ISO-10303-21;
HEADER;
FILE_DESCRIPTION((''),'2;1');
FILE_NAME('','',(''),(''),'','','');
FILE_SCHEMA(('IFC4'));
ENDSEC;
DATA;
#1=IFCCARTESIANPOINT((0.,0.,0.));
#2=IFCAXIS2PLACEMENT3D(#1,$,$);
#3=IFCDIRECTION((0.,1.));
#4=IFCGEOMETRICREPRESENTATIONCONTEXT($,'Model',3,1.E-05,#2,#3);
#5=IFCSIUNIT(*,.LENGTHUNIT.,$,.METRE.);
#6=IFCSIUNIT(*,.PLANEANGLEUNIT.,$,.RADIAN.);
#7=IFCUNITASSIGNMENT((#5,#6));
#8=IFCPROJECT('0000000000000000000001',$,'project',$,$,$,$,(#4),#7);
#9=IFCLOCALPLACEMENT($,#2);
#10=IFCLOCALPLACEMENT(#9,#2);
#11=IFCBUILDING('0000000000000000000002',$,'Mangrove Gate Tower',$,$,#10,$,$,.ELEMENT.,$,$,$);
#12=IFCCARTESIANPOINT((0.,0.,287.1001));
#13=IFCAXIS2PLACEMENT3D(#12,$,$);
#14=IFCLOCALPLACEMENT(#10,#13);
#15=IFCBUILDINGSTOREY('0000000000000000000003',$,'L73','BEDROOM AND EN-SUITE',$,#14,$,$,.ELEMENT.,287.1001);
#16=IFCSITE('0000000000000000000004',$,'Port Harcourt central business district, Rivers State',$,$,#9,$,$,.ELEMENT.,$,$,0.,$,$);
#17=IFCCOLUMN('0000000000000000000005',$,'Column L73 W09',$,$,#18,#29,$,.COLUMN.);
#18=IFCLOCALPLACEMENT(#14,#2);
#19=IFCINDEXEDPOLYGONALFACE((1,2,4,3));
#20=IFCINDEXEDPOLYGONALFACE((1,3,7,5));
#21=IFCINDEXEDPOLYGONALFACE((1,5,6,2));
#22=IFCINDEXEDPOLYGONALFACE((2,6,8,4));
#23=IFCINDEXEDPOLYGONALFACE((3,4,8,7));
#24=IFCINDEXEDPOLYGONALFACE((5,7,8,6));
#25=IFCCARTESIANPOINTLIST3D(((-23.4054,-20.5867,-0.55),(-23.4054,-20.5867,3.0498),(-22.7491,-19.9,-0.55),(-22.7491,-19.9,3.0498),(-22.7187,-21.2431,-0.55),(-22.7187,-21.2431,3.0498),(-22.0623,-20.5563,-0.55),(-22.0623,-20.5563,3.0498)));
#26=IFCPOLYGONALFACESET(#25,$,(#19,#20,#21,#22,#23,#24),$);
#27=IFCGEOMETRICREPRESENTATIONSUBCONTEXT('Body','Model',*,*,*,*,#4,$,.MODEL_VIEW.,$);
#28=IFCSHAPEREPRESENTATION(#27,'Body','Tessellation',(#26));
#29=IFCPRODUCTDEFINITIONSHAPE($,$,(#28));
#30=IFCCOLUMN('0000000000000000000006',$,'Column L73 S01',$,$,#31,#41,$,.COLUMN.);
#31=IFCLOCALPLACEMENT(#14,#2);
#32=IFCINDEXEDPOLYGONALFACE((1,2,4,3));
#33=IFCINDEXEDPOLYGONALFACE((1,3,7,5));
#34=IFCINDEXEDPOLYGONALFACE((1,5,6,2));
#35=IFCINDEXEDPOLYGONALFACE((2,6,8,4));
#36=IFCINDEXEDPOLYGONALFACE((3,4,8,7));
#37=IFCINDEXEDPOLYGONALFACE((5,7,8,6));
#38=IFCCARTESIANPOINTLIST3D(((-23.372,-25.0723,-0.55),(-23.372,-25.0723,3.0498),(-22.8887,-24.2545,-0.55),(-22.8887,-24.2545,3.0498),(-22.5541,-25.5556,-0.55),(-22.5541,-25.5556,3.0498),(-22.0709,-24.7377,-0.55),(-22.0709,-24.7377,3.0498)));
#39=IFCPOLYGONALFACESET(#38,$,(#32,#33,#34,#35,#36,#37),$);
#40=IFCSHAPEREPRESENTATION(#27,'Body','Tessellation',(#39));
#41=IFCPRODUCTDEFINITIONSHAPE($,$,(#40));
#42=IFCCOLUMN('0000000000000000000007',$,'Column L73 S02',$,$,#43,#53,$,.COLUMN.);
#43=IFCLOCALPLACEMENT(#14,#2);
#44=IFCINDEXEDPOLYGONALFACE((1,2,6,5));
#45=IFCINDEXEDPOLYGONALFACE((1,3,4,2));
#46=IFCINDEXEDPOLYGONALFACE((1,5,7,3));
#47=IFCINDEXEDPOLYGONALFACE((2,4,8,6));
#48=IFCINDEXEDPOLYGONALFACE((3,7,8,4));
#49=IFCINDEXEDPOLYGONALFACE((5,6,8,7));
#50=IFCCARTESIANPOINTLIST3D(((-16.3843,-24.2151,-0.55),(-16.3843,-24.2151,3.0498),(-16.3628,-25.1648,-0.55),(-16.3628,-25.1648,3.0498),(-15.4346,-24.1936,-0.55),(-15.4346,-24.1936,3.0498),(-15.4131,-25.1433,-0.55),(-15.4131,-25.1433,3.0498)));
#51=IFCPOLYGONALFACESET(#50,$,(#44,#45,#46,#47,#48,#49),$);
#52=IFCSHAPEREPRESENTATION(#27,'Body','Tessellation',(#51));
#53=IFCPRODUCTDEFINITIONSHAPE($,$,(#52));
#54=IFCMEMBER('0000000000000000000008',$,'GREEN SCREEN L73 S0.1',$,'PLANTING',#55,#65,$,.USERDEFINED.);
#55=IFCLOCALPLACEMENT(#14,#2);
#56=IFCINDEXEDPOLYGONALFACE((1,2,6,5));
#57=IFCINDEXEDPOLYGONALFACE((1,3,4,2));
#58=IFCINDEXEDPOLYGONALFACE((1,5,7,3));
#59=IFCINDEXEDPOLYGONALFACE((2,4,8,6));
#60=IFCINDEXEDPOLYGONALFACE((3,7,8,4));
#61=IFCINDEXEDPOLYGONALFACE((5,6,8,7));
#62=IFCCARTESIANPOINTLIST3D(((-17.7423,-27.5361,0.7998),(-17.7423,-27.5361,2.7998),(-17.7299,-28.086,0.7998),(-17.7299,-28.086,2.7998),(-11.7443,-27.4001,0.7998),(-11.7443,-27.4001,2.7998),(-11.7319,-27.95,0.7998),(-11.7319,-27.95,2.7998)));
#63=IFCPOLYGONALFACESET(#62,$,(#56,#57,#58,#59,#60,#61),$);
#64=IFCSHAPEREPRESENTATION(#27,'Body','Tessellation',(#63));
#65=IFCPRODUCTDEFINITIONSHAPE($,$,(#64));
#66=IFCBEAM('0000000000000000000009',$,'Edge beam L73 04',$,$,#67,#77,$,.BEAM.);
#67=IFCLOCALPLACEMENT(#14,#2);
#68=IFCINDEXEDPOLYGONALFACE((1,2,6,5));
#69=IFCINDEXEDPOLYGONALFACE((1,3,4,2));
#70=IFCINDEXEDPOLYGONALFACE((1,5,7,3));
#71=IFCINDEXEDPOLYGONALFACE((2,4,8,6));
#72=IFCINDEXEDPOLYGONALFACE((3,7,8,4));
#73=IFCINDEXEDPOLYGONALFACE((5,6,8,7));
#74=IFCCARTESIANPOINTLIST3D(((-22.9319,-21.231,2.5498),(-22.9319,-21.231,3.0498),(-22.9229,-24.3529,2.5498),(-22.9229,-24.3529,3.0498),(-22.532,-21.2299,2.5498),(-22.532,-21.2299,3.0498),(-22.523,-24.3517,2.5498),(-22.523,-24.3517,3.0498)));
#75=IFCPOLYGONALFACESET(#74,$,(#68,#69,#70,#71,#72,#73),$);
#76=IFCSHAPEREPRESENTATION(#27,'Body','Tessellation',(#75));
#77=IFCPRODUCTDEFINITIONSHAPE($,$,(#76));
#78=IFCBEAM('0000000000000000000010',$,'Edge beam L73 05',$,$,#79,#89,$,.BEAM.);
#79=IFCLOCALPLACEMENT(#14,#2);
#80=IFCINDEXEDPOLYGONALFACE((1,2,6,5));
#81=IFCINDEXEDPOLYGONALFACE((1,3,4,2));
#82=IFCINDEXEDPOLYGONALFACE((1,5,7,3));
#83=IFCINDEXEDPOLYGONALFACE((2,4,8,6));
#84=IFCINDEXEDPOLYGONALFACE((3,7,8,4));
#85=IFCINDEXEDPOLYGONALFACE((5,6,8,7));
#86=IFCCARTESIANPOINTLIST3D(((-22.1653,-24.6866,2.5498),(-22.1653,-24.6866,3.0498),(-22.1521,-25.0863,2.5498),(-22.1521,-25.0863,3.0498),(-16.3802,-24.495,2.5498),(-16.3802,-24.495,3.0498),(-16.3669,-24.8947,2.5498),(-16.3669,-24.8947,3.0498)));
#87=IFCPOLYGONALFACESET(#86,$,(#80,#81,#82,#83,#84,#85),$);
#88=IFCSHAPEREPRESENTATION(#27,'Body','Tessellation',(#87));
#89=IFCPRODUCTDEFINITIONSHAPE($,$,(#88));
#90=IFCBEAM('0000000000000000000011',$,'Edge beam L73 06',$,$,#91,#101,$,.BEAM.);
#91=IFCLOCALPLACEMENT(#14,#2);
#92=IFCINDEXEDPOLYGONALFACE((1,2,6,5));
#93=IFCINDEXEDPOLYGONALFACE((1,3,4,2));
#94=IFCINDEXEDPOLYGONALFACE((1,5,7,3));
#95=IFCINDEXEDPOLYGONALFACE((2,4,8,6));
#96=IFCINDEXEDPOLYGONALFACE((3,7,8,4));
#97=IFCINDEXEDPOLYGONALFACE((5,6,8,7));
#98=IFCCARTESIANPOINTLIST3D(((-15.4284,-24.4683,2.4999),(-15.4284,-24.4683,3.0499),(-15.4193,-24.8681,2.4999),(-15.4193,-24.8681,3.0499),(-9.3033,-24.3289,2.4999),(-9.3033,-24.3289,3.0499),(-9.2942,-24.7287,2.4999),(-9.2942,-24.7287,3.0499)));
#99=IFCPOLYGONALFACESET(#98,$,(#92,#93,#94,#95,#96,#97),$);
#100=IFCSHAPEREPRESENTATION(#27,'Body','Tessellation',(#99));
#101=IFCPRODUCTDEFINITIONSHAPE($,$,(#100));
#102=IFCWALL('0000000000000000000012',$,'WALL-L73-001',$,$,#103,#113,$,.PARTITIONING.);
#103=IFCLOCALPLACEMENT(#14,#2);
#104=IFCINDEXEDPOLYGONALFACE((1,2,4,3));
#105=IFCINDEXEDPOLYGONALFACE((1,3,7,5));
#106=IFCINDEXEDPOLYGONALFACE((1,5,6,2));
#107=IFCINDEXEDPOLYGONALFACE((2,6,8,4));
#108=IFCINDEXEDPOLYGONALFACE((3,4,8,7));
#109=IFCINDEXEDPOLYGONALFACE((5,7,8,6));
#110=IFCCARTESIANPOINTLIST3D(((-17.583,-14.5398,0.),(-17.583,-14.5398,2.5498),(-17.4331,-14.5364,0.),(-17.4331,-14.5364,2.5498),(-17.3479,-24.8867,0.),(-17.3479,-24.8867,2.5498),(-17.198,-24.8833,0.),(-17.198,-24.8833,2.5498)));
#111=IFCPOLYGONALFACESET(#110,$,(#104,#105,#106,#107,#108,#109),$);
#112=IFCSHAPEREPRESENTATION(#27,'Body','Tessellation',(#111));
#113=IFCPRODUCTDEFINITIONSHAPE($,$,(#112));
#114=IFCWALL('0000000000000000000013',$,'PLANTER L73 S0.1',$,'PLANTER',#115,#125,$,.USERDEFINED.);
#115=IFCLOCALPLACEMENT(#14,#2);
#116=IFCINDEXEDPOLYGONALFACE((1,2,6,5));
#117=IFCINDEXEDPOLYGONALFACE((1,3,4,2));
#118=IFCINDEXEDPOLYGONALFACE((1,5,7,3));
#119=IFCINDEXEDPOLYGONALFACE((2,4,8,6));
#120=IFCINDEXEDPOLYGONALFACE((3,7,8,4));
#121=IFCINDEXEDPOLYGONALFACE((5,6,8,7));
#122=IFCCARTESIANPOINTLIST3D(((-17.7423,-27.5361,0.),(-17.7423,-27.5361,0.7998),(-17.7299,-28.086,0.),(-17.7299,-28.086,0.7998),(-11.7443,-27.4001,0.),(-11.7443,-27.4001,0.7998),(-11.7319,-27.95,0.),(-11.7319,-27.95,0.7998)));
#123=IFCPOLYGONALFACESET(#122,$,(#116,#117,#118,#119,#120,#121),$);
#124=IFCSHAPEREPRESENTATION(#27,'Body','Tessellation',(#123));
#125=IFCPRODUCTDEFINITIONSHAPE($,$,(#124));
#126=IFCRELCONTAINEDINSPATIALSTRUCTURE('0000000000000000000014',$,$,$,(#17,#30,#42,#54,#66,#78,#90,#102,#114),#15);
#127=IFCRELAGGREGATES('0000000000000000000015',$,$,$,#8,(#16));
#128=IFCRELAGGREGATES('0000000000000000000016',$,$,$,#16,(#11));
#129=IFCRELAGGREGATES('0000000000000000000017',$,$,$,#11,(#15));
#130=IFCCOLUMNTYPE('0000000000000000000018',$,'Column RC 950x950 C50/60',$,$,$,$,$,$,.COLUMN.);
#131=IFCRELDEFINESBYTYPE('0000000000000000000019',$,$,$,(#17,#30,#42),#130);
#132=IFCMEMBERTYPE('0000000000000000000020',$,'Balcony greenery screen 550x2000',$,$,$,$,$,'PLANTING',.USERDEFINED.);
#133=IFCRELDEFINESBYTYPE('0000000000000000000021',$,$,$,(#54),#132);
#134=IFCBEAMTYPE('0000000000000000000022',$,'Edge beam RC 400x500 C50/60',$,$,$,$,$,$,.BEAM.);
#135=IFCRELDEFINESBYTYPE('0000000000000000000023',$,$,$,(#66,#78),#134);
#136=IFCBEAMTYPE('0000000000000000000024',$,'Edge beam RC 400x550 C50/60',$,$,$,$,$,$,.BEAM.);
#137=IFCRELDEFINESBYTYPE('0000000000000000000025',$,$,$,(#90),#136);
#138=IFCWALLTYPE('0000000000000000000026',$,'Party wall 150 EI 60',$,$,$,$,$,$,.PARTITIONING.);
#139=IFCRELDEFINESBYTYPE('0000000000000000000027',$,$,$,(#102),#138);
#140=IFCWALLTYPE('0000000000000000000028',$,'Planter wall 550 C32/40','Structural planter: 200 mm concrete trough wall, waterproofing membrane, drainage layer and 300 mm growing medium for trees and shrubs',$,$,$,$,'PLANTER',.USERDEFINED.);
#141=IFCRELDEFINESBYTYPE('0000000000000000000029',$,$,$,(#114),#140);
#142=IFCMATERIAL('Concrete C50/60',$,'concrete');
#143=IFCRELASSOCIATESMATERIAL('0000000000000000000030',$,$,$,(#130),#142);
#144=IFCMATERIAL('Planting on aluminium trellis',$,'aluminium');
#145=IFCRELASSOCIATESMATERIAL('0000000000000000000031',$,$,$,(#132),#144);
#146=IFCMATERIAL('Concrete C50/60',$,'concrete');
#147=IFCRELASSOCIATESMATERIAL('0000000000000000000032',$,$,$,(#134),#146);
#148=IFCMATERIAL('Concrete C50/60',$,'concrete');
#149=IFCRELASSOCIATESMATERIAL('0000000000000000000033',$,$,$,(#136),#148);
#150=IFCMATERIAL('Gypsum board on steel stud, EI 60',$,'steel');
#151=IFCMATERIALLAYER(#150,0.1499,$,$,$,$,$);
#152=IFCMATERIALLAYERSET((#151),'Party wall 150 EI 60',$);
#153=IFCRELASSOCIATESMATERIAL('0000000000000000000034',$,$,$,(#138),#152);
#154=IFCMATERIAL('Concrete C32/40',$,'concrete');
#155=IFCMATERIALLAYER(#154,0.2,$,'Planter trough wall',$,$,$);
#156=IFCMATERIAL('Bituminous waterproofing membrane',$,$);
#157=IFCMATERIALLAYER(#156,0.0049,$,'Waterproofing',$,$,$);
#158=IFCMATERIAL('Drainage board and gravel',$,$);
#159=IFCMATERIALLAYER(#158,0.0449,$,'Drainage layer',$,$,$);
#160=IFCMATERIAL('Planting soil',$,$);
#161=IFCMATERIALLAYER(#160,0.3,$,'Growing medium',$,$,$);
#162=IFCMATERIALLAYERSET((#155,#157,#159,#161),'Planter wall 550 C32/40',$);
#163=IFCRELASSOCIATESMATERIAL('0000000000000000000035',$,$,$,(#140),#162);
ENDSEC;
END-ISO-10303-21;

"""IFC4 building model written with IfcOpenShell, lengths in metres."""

from ifc_helpers import new_model, si_unit, direction, frame, frame_2d, origin, origin_2d, place, context, subcontext, project, spatial, rectangle, extrude, material, layer, layer_set, material_profile, profile_set, type_object, element, save


model = new_model("IFC4")

# Units and contexts
model_context = context("Model", 3, precision=1e-05, world=origin(), true_north=direction((0.0, 1.0)))
body_context = subcontext(model_context, "Body", "Model", "MODEL_VIEW")
ifc_project = project(units=[si_unit("LENGTHUNIT", "METRE"), si_unit("PLANEANGLEUNIT", "RADIAN")], contexts=[model_context])

# Site, building, storey
site_placement = place(None, origin())
site = spatial("IfcSite", under=ifc_project, at=site_placement, Name="Port Harcourt central business district, Rivers State", CompositionType="ELEMENT", RefElevation=0.0)
building_placement = place(site_placement, origin())
building = spatial("IfcBuilding", under=site, at=building_placement, Name="Mangrove Gate Tower", CompositionType="ELEMENT")
storey_placement = place(building_placement, frame((0.0, 0.0, 287.1001)))
storey = spatial("IfcBuildingStorey", under=building, at=storey_placement, Name="L73", Description="BEDROOM AND EN-SUITE", CompositionType="ELEMENT", Elevation=287.1001)

# Columns
ifc_material_1 = material(Name="Concrete C50/60", Category="concrete")
ifc_material_profile_1 = material_profile(ifc_material_1, rectangle(XDim=0.95, YDim=0.95, at=origin_2d()))
ifc_profile_set_1 = profile_set([ifc_material_profile_1], Name="Concrete C50/60")
column_type = type_object("IfcColumnType", Name="Column RC 950x950 C50/60", PredefinedType="COLUMN", material=ifc_profile_set_1)
for number, where, z_axis, x_axis, name in (
    (1, (-22.7339, -20.5715, -0.55), (0.0, 0.0, 1.0), (0.722918, -0.690934, 0.0), "Column L73 W09"),
    (2, (-22.7214, -24.905, -0.55), (0.0, 0.0, 1.0), (0.860936, -0.508713, 0.0), "Column L73 S01"),
    (3, (-15.8987, -24.6792, -0.55), (0.0, 0.0, 1.0), (0.999743, 0.02268, 0.0), "Column L73 S02"),
):
    element("IfcColumn", number, at=place(storey_placement, frame(where, z_axis=z_axis, x_axis=x_axis)), inside=storey, type_object=column_type, Name=name, PredefinedType="COLUMN", context=body_context, shape_type="SweptSolid", body=[
        extrude(rectangle(XDim=0.95, YDim=0.95, at=origin_2d()), origin(), (0.0, 0.0, 1.0), 3.5999),
    ])

# Member
ifc_material_2 = material(Name="Planting on aluminium trellis", Category="aluminium")
ifc_material_profile_2 = material_profile(ifc_material_2, rectangle(XDim=0.55, YDim=2.0, at=origin_2d()))
ifc_profile_set_2 = profile_set([ifc_material_profile_2], Name="Planting on aluminium trellis")
member_type = type_object("IfcMemberType", Name="Balcony greenery screen 550x2000", ElementType="PLANTING", PredefinedType="USERDEFINED", material=ifc_profile_set_2)
member_placement = place(storey_placement, frame((-17.7361, -27.811, 1.7998), z_axis=(0.999743, 0.022666, 0.0), x_axis=(-0.022666, 0.999743, 0.0)))
element("IfcMember", 4, at=member_placement, inside=storey, type_object=member_type, Name="GREEN SCREEN L73 S0.1", ObjectType="PLANTING", PredefinedType="USERDEFINED", context=body_context, shape_type="SweptSolid", body=[
    extrude(rectangle(XDim=0.55, YDim=2.0, at=origin_2d()), origin(), (0.0, 0.0, 1.0), 5.9995),
])

# Beams
ifc_material_3 = material(Name="Concrete C50/60", Category="concrete")
ifc_material_profile_3 = material_profile(ifc_material_3, rectangle(XDim=0.3999, YDim=0.5, at=origin_2d()))
ifc_profile_set_3 = profile_set([ifc_material_profile_3], Name="Concrete C50/60")
beam_type_1 = type_object("IfcBeamType", Name="Edge beam RC 400x500 C50/60", PredefinedType="BEAM", material=ifc_profile_set_3)
beam_1_placement = place(storey_placement, frame((-22.7319, -21.2305, 2.7998), z_axis=(0.002894, -0.999996, 0.0), x_axis=(0.999996, 0.002894, 0.0)))
element("IfcBeam", 5, at=beam_1_placement, inside=storey, type_object=beam_type_1, Name="Edge beam L73 04", PredefinedType="BEAM", context=body_context, shape_type="SweptSolid", body=[
    extrude(rectangle(XDim=0.3999, YDim=0.5, at=origin_2d()), origin(), (0.0, 0.0, 1.0), 3.1218),
])
beam_2_placement = place(storey_placement, frame((-22.1587, -24.8865, 2.7998), z_axis=(0.999452, 0.03311, 0.0), x_axis=(-0.03311, 0.999452, 0.0)))
element("IfcBeam", 6, at=beam_2_placement, inside=storey, type_object=beam_type_1, Name="Edge beam L73 05", PredefinedType="BEAM", context=body_context, shape_type="SweptSolid", body=[
    extrude(rectangle(XDim=0.3999, YDim=0.5, at=origin_2d()), origin(), (0.0, 0.0, 1.0), 5.7883),
])
ifc_material_4 = material(Name="Concrete C50/60", Category="concrete")
ifc_material_profile_4 = material_profile(ifc_material_4, rectangle(XDim=0.3999, YDim=0.55, at=origin_2d()))
ifc_profile_set_4 = profile_set([ifc_material_profile_4], Name="Concrete C50/60")
beam_type_2 = type_object("IfcBeamType", Name="Edge beam RC 400x550 C50/60", PredefinedType="BEAM", material=ifc_profile_set_4)
beam_3_placement = place(storey_placement, frame((-15.4238, -24.6682, 2.7749), z_axis=(0.999741, 0.022753, 0.0), x_axis=(-0.022753, 0.999741, 0.0)))
element("IfcBeam", 7, at=beam_3_placement, inside=storey, type_object=beam_type_2, Name="Edge beam L73 06", PredefinedType="BEAM", context=body_context, shape_type="SweptSolid", body=[
    extrude(rectangle(XDim=0.3999, YDim=0.55, at=origin_2d()), origin(), (0.0, 0.0, 1.0), 6.1267),
])

# Walls
ifc_material_5 = material(Name="Gypsum board on steel stud, EI 60", Category="steel")
ifc_layer_1 = layer(ifc_material_5, 0.1499)
ifc_layer_set_1 = layer_set([ifc_layer_1], Name="Party wall 150 EI 60")
wall_type_1 = type_object("IfcWallType", Name="Party wall 150 EI 60", PredefinedType="PARTITIONING", material=ifc_layer_set_1)
wall_1_placement = place(storey_placement, frame((-17.2729, -24.885, 0.0), z_axis=(0.0, 0.0, 1.0), x_axis=(-0.022717, 0.999742, 0.0)))
element("IfcWall", 8, at=wall_1_placement, inside=storey, type_object=wall_type_1, Name="WALL-L73-001", PredefinedType="PARTITIONING", context=body_context, shape_type="SweptSolid", body=[
    extrude(rectangle(XDim=10.3496, YDim=0.1499, at=frame_2d((5.1748, 0.0))), origin(), (0.0, 0.0, 1.0), 2.5498),
])
ifc_material_6 = material(Name="Concrete C32/40", Category="concrete")
ifc_layer_2 = layer(ifc_material_6, 0.2, Name="Planter trough wall")
ifc_material_7 = material(Name="Bituminous waterproofing membrane")
ifc_layer_3 = layer(ifc_material_7, 0.0049, Name="Waterproofing")
ifc_material_8 = material(Name="Drainage board and gravel")
ifc_layer_4 = layer(ifc_material_8, 0.0449, Name="Drainage layer")
ifc_material_9 = material(Name="Planting soil")
ifc_layer_5 = layer(ifc_material_9, 0.3, Name="Growing medium")
ifc_layer_set_2 = layer_set([ifc_layer_2, ifc_layer_3, ifc_layer_4, ifc_layer_5], Name="Planter wall 550 C32/40")
wall_type_2 = type_object("IfcWallType", Name="Planter wall 550 C32/40", Description="Structural planter: 200 mm concrete trough wall, waterproofing membrane, drainage layer and 300 mm growing medium for trees and shrubs", ElementType="PLANTER", PredefinedType="USERDEFINED", material=ifc_layer_set_2)
wall_2_placement = place(storey_placement, frame((-17.7361, -27.811, 0.0), z_axis=(0.0, 0.0, 1.0), x_axis=(0.999743, 0.022666, 0.0)))
element("IfcWall", 9, at=wall_2_placement, inside=storey, type_object=wall_type_2, Name="PLANTER L73 S0.1", ObjectType="PLANTER", PredefinedType="USERDEFINED", context=body_context, shape_type="SweptSolid", body=[
    extrude(rectangle(XDim=5.9995, YDim=0.55, at=frame_2d((2.9998, 0.0))), origin(), (0.0, 0.0, 1.0), 0.7998),
])

save(model, "model.ifc")
